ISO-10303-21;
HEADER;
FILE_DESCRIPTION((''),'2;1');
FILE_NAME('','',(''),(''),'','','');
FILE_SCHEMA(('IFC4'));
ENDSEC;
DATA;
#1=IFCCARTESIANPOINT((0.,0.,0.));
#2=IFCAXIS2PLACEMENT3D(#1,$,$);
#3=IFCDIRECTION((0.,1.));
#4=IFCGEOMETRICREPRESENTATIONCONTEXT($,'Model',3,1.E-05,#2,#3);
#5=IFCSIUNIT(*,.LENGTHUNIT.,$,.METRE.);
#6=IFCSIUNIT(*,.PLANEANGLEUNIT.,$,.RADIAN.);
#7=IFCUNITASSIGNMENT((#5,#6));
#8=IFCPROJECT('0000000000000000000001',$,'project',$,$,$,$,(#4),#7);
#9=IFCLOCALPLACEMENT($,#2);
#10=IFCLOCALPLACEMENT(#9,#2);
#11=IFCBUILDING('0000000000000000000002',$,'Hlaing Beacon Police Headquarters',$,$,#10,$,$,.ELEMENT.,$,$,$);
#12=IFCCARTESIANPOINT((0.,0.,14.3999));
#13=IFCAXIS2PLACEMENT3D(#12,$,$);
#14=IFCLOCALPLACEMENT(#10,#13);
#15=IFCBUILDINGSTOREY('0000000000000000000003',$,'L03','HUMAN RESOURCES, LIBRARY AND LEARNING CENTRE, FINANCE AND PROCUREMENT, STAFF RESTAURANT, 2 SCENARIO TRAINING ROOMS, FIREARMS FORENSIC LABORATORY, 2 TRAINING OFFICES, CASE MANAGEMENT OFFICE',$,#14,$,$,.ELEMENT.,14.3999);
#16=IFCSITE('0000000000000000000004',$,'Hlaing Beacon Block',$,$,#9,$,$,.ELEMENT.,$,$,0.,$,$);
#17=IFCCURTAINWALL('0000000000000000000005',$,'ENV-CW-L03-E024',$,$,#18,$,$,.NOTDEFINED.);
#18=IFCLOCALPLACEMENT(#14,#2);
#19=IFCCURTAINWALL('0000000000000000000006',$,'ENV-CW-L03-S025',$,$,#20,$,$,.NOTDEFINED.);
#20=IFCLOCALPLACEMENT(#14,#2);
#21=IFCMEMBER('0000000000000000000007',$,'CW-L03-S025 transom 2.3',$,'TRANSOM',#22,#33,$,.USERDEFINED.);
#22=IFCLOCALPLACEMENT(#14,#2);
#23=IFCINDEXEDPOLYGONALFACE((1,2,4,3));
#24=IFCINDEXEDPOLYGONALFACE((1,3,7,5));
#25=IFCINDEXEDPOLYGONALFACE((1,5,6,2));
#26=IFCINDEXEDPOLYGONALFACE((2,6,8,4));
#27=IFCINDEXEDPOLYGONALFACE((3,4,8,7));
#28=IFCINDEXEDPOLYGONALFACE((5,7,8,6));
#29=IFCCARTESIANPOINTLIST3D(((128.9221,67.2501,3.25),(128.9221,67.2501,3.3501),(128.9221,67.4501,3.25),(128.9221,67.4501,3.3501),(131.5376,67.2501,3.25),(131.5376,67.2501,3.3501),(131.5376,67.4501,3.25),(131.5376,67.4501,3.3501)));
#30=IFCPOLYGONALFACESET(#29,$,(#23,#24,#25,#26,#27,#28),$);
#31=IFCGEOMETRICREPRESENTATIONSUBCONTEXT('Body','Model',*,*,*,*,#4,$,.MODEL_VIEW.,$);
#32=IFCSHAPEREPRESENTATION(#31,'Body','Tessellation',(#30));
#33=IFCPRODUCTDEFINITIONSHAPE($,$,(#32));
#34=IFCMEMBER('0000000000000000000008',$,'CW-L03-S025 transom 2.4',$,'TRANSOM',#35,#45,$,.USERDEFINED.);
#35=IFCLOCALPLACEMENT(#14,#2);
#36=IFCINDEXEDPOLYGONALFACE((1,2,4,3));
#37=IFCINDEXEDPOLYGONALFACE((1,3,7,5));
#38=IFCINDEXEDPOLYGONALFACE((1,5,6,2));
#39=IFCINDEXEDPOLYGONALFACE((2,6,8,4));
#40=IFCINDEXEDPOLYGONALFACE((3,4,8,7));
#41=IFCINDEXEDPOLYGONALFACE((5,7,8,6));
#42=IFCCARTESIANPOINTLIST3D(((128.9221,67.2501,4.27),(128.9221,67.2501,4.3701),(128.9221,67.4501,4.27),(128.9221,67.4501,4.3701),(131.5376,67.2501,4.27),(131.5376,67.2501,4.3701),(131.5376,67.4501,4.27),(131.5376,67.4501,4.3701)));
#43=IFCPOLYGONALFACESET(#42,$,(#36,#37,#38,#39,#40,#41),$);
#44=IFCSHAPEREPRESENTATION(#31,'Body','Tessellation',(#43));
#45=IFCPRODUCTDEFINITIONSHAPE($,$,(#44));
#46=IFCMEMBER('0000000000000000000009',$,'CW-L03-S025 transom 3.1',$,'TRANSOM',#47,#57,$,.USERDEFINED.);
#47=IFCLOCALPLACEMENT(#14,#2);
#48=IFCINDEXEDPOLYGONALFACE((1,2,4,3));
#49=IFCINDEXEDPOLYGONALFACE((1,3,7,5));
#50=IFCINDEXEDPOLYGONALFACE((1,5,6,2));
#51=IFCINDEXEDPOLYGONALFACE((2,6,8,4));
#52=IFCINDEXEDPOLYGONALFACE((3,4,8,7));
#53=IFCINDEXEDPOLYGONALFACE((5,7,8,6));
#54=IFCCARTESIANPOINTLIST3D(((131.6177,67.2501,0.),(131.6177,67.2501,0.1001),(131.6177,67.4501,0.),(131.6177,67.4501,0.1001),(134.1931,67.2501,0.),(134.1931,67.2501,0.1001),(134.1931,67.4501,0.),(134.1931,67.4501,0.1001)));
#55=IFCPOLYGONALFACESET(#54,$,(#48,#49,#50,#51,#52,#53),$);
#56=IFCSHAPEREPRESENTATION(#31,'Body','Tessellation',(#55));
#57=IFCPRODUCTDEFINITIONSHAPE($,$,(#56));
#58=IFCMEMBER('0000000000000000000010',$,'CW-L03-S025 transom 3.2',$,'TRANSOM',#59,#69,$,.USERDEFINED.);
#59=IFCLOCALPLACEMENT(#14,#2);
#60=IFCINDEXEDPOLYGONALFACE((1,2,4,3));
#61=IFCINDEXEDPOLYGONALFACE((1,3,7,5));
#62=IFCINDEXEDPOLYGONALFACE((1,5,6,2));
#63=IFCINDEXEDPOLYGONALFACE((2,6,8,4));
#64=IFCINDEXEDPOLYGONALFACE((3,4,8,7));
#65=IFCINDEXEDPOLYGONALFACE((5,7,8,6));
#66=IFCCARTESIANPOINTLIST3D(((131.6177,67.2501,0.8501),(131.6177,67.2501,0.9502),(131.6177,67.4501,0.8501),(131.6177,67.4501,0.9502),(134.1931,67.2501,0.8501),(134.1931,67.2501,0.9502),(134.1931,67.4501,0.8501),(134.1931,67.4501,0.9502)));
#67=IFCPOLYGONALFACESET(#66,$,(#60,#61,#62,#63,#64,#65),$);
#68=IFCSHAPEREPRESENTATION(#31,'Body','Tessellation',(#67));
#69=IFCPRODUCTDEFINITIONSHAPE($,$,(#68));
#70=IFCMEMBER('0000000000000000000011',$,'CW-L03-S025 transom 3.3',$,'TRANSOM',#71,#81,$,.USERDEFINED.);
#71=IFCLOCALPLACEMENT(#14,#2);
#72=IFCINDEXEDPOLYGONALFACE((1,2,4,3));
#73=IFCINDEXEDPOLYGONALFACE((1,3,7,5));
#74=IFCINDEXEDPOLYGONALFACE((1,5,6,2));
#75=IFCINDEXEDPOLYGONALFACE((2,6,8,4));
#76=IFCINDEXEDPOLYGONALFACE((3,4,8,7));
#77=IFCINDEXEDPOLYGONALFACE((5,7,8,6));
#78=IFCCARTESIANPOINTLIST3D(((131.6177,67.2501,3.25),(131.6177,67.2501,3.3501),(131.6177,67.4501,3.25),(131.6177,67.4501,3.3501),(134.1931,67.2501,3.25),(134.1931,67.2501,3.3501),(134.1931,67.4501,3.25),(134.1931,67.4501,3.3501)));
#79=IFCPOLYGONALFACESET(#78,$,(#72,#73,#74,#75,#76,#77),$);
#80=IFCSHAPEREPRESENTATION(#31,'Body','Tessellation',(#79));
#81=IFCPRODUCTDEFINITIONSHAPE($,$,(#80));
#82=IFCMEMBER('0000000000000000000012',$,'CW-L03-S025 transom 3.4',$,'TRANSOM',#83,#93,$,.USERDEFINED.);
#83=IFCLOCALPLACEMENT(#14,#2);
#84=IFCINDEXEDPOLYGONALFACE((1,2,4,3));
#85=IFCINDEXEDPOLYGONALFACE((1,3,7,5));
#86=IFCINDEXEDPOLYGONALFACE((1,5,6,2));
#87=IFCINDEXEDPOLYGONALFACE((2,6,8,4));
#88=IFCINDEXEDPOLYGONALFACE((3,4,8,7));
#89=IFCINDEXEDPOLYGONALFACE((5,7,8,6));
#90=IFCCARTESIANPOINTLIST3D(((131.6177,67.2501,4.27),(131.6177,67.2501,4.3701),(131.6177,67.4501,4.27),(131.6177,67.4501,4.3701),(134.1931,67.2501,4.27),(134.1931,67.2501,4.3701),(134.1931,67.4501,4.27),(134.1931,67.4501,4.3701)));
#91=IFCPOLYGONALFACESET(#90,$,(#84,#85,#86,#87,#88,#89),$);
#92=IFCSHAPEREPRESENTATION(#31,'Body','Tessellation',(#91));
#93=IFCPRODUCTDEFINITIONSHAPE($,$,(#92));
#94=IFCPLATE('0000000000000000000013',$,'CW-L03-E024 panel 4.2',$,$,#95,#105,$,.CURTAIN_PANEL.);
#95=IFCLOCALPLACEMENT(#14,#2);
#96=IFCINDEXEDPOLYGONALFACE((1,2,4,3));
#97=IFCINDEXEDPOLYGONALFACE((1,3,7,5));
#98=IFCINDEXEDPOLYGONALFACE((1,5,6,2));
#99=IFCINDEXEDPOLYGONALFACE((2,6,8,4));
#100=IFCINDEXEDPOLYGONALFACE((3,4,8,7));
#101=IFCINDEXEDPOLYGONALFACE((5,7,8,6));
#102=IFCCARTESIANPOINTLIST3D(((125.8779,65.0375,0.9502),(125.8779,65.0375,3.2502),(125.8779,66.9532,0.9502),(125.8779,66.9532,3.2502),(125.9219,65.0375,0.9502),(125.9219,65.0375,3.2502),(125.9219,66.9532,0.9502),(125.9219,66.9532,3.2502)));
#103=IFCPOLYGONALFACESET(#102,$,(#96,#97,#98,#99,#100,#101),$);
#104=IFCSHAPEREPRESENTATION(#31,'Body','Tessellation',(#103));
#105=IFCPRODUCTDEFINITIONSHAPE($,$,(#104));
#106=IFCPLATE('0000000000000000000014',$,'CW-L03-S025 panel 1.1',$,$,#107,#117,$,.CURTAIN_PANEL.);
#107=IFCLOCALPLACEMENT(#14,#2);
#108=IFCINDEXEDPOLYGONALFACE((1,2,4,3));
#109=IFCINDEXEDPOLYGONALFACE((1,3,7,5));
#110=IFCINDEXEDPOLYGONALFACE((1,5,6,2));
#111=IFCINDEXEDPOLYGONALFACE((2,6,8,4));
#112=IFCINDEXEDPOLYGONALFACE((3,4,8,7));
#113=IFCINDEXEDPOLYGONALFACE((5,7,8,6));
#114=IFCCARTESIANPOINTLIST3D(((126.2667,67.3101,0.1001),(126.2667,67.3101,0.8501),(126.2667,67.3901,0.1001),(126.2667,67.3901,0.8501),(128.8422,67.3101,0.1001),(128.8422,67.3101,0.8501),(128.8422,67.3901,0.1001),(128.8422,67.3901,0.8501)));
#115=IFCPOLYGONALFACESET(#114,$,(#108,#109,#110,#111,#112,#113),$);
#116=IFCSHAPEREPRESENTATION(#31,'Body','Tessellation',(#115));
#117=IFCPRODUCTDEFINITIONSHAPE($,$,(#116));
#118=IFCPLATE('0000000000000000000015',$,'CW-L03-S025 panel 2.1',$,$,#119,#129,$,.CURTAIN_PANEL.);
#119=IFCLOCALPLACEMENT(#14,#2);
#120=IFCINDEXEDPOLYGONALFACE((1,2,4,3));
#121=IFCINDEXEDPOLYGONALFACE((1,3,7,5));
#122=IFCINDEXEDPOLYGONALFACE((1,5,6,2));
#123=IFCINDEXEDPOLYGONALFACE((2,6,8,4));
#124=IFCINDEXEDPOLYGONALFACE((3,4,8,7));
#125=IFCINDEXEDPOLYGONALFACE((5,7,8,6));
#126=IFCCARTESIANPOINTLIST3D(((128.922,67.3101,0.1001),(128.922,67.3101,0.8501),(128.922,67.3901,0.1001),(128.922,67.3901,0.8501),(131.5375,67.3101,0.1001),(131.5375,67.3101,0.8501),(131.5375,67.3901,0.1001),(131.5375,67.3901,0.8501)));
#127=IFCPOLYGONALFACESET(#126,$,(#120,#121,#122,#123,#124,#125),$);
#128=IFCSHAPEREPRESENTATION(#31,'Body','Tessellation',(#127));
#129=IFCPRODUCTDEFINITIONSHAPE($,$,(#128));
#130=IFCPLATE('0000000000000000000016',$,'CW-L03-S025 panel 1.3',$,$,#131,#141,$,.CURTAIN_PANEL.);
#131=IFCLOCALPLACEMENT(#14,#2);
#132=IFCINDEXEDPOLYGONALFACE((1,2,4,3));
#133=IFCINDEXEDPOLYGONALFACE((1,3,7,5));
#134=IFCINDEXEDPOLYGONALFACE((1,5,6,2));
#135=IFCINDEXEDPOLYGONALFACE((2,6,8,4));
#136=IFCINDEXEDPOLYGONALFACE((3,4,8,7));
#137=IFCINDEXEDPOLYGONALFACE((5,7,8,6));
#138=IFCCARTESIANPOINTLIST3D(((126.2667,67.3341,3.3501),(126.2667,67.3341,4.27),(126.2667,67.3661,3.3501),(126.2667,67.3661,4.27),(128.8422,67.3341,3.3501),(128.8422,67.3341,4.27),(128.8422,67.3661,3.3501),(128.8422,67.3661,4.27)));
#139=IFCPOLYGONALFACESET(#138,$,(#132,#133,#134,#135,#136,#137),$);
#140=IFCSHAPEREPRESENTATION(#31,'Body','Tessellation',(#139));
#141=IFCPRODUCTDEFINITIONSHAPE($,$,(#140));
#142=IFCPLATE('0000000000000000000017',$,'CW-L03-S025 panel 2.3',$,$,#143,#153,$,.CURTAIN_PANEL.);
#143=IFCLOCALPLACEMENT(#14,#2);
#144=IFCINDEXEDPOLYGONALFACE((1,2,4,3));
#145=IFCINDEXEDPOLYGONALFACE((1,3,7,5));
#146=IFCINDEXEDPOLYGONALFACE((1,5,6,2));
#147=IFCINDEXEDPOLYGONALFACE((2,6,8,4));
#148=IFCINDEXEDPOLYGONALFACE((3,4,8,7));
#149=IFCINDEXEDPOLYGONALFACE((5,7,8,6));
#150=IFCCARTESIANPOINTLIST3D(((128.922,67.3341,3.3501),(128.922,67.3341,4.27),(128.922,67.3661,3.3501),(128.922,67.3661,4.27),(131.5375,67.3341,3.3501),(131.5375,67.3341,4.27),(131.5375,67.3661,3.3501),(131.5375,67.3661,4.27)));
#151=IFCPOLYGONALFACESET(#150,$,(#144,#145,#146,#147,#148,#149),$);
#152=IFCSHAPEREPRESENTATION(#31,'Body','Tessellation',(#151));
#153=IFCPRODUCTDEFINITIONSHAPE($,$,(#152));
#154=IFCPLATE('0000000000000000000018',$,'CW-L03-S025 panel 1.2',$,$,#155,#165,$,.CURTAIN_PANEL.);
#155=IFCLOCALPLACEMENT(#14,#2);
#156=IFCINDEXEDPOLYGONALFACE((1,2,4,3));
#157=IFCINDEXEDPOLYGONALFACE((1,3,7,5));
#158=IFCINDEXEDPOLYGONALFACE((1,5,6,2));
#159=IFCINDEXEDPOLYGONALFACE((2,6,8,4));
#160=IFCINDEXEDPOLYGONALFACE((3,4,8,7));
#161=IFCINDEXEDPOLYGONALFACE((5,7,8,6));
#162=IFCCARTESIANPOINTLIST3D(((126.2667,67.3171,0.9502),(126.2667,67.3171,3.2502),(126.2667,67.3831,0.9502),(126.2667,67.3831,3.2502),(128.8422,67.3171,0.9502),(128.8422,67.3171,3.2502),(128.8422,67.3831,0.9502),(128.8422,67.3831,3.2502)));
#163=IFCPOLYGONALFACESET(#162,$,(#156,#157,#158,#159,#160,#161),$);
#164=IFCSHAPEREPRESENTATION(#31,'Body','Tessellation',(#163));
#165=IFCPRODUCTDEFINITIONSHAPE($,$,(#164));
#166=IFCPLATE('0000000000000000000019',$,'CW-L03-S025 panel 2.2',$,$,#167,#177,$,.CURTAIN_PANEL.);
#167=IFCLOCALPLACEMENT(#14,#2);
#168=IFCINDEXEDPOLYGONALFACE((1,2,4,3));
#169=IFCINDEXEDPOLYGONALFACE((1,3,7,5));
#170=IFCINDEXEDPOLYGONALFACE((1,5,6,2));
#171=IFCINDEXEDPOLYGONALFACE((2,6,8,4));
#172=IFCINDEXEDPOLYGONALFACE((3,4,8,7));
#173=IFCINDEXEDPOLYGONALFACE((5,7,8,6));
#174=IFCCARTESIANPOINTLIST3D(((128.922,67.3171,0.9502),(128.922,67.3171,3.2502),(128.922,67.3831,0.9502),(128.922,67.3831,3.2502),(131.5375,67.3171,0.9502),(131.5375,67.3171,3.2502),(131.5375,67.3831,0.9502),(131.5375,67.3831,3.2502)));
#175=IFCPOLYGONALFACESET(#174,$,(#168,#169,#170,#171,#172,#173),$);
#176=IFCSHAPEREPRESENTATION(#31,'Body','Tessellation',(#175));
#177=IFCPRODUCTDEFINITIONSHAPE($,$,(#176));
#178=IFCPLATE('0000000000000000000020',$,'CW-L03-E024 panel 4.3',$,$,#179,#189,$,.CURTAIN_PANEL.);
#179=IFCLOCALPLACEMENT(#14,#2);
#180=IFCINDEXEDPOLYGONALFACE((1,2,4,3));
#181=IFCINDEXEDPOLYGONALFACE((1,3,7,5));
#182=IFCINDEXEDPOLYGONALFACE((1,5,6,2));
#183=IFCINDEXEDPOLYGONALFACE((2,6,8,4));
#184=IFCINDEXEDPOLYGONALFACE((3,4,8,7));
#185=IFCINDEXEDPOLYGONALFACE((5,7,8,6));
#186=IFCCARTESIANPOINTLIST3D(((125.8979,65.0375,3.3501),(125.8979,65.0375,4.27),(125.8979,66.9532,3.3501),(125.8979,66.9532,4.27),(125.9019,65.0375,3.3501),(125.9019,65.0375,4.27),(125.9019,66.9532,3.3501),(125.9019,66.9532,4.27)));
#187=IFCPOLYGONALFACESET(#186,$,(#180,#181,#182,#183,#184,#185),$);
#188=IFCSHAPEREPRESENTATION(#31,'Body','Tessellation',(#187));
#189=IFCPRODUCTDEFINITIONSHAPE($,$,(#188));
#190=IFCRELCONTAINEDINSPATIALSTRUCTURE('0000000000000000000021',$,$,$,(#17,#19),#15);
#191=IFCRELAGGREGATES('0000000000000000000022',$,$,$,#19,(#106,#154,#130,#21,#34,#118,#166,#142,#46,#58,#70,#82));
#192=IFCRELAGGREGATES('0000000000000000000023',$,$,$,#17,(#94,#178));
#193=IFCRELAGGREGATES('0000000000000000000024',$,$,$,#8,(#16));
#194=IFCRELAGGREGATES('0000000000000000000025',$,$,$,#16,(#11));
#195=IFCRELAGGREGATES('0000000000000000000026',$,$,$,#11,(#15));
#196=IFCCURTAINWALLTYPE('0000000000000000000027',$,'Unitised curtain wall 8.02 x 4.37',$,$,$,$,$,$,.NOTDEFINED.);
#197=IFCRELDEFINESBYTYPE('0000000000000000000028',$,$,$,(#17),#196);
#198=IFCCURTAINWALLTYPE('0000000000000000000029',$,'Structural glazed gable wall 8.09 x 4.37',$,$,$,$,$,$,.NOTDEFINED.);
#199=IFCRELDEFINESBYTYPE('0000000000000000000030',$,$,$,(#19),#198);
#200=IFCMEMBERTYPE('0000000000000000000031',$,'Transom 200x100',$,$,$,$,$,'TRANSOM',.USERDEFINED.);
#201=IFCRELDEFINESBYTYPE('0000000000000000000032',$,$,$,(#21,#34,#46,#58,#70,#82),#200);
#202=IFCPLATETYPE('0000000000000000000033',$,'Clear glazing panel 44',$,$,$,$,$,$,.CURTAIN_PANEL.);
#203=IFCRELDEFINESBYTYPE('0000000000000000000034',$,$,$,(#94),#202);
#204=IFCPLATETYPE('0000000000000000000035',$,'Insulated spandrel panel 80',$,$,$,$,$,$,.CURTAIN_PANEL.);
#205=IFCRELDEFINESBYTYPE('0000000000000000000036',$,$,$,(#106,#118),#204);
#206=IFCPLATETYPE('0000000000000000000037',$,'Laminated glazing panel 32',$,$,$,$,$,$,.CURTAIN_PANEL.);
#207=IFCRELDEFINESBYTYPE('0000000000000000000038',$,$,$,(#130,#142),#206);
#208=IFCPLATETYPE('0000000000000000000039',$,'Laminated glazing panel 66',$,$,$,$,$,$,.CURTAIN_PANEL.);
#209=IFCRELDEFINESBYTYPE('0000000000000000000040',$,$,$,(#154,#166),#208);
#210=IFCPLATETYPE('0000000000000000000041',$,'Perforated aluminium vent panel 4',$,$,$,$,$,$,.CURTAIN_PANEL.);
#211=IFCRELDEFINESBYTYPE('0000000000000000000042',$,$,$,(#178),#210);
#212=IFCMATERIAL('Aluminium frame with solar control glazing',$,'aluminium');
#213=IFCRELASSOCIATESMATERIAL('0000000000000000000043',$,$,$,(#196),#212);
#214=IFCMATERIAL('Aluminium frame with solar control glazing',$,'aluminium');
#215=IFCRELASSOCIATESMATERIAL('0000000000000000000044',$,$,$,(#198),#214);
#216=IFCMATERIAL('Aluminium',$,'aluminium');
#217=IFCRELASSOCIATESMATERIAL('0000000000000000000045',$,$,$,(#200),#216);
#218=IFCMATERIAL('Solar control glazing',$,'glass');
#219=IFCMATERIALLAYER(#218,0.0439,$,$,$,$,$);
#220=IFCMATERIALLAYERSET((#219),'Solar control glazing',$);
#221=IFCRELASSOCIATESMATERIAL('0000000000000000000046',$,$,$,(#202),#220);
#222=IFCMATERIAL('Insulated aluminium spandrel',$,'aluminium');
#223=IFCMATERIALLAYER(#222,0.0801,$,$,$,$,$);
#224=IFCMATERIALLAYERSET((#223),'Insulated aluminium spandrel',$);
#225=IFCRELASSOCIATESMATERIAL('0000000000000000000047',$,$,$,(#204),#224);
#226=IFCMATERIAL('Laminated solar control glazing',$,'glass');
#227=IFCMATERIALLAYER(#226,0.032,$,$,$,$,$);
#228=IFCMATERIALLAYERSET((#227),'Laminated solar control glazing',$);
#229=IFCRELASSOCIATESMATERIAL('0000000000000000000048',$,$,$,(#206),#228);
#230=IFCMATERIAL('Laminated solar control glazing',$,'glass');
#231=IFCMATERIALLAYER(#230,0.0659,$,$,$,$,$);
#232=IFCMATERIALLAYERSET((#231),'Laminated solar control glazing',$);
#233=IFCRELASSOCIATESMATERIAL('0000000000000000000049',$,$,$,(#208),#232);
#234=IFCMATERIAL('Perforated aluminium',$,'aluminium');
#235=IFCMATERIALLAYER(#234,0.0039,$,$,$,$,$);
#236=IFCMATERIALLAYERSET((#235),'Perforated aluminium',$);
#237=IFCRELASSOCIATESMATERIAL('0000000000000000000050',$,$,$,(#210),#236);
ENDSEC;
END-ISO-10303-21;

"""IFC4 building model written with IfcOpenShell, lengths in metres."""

from ifc_helpers import new_model, si_unit, direction, frame, origin, origin_2d, place, context, subcontext, project, spatial, rectangle, extrude, material, layer, layer_set, material_profile, profile_set, type_object, element, aggregate, save


model = new_model("IFC4")

# Units and contexts
model_context = context("Model", 3, precision=1e-05, world=origin(), true_north=direction((0.0, 1.0)))
body_context = subcontext(model_context, "Body", "Model", "MODEL_VIEW")
ifc_project = project(units=[si_unit("LENGTHUNIT", "METRE"), si_unit("PLANEANGLEUNIT", "RADIAN")], contexts=[model_context])

# Site, building, storey
site_placement = place(None, origin())
site = spatial("IfcSite", under=ifc_project, at=site_placement, Name="Hlaing Beacon Block", CompositionType="ELEMENT", RefElevation=0.0)
building_placement = place(site_placement, origin())
building = spatial("IfcBuilding", under=site, at=building_placement, Name="Hlaing Beacon Police Headquarters", CompositionType="ELEMENT")
storey_placement = place(building_placement, frame((0.0, 0.0, 14.3999)))
storey = spatial("IfcBuildingStorey", under=building, at=storey_placement, Name="L03", Description="HUMAN RESOURCES, LIBRARY AND LEARNING CENTRE, FINANCE AND PROCUREMENT, STAFF RESTAURANT, 2 SCENARIO TRAINING ROOMS, FIREARMS FORENSIC LABORATORY, 2 TRAINING OFFICES, CASE MANAGEMENT OFFICE", CompositionType="ELEMENT", Elevation=14.3999)

# Curtain wall
ifc_material_1 = material(Name="Aluminium frame with solar control glazing", Category="aluminium")
curtain_wall_type_1 = type_object("IfcCurtainWallType", Name="Unitised curtain wall 8.02 x 4.37", PredefinedType="NOTDEFINED", material=ifc_material_1)
curtain_wall_1_placement = place(storey_placement, origin())
curtain_wall_1 = element("IfcCurtainWall", 1, at=curtain_wall_1_placement, inside=storey, type_object=curtain_wall_type_1, Name="ENV-CW-L03-E024", PredefinedType="NOTDEFINED")

# Curtain wall
ifc_material_2 = material(Name="Aluminium frame with solar control glazing", Category="aluminium")
curtain_wall_type_2 = type_object("IfcCurtainWallType", Name="Structural glazed gable wall 8.09 x 4.37", PredefinedType="NOTDEFINED", material=ifc_material_2)
curtain_wall_2_placement = place(storey_placement, origin())
curtain_wall_2 = element("IfcCurtainWall", 2, at=curtain_wall_2_placement, inside=storey, type_object=curtain_wall_type_2, Name="ENV-CW-L03-S025", PredefinedType="NOTDEFINED")

# Members
ifc_material_3 = material(Name="Aluminium", Category="aluminium")
ifc_material_profile_1 = material_profile(ifc_material_3, rectangle(XDim=0.2, YDim=0.1001, at=origin_2d()), Name="Transom 200x100")
ifc_profile_set_1 = profile_set([ifc_material_profile_1], Name="Aluminium")
member_type_1 = type_object("IfcMemberType", Name="Transom 200x100", ElementType="TRANSOM", PredefinedType="USERDEFINED", material=ifc_profile_set_1)
member_1_placement = place(storey_placement, frame((128.9221, 67.3501, 3.3), z_axis=(1.0, 0.0, 0.0), x_axis=(0.0, 1.0, 0.0)))
member_1 = element("IfcMember", 3, at=member_1_placement, type_object=member_type_1, Name="CW-L03-S025 transom 2.3", ObjectType="TRANSOM", PredefinedType="USERDEFINED", context=body_context, shape_type="SweptSolid", body=[
    extrude(rectangle(XDim=0.2, YDim=0.1001, at=origin_2d()), origin(), (0.0, 0.0, 1.0), 2.6155),
])
member_2_placement = place(storey_placement, frame((128.9221, 67.3501, 4.3201), z_axis=(1.0, 0.0, 0.0), x_axis=(0.0, 1.0, 0.0)))
member_2 = element("IfcMember", 4, at=member_2_placement, type_object=member_type_1, Name="CW-L03-S025 transom 2.4", ObjectType="TRANSOM", PredefinedType="USERDEFINED", context=body_context, shape_type="SweptSolid", body=[
    extrude(rectangle(XDim=0.2, YDim=0.1001, at=origin_2d()), origin(), (0.0, 0.0, 1.0), 2.6155),
])
member_3_placement = place(storey_placement, frame((131.6177, 67.3501, 0.05), z_axis=(1.0, 0.0, 0.0), x_axis=(0.0, 1.0, 0.0)))
member_3 = element("IfcMember", 5, at=member_3_placement, type_object=member_type_1, Name="CW-L03-S025 transom 3.1", ObjectType="TRANSOM", PredefinedType="USERDEFINED", context=body_context, shape_type="SweptSolid", body=[
    extrude(rectangle(XDim=0.2, YDim=0.1001, at=origin_2d()), origin(), (0.0, 0.0, 1.0), 2.5754),
])
member_4_placement = place(storey_placement, frame((131.6177, 67.3501, 0.9001), z_axis=(1.0, 0.0, 0.0), x_axis=(0.0, 1.0, 0.0)))
member_4 = element("IfcMember", 6, at=member_4_placement, type_object=member_type_1, Name="CW-L03-S025 transom 3.2", ObjectType="TRANSOM", PredefinedType="USERDEFINED", context=body_context, shape_type="SweptSolid", body=[
    extrude(rectangle(XDim=0.2, YDim=0.1001, at=origin_2d()), origin(), (0.0, 0.0, 1.0), 2.5754),
])
member_5_placement = place(storey_placement, frame((131.6177, 67.3501, 3.3), z_axis=(1.0, 0.0, 0.0), x_axis=(0.0, 1.0, 0.0)))
member_5 = element("IfcMember", 7, at=member_5_placement, type_object=member_type_1, Name="CW-L03-S025 transom 3.3", ObjectType="TRANSOM", PredefinedType="USERDEFINED", context=body_context, shape_type="SweptSolid", body=[
    extrude(rectangle(XDim=0.2, YDim=0.1001, at=origin_2d()), origin(), (0.0, 0.0, 1.0), 2.5754),
])
member_6_placement = place(storey_placement, frame((131.6177, 67.3501, 4.3201), z_axis=(1.0, 0.0, 0.0), x_axis=(0.0, 1.0, 0.0)))
member_6 = element("IfcMember", 8, at=member_6_placement, type_object=member_type_1, Name="CW-L03-S025 transom 3.4", ObjectType="TRANSOM", PredefinedType="USERDEFINED", context=body_context, shape_type="SweptSolid", body=[
    extrude(rectangle(XDim=0.2, YDim=0.1001, at=origin_2d()), origin(), (0.0, 0.0, 1.0), 2.5754),
])

# Plates
ifc_material_4 = material(Name="Solar control glazing", Category="glass")
ifc_layer_1 = layer(ifc_material_4, 0.0439)
ifc_layer_set_1 = layer_set([ifc_layer_1], Name="Solar control glazing")
plate_type_1 = type_object("IfcPlateType", Name="Clear glazing panel 44", PredefinedType="CURTAIN_PANEL", material=ifc_layer_set_1)
plate_1_placement = place(storey_placement, frame((125.8999, 65.9954, 0.9502), z_axis=(0.0, 0.0, 1.0), x_axis=(0.0, 1.0, 0.0)))
plate_1 = element("IfcPlate", 9, at=plate_1_placement, type_object=plate_type_1, Name="CW-L03-E024 panel 4.2", PredefinedType="CURTAIN_PANEL", context=body_context, shape_type="SweptSolid", body=[
    extrude(rectangle(XDim=1.9158, YDim=0.0439, at=origin_2d()), origin(), (0.0, 0.0, 1.0), 2.3),
])
ifc_material_5 = material(Name="Insulated aluminium spandrel", Category="aluminium")
ifc_layer_2 = layer(ifc_material_5, 0.0801)
ifc_layer_set_2 = layer_set([ifc_layer_2], Name="Insulated aluminium spandrel")
plate_type_2 = type_object("IfcPlateType", Name="Insulated spandrel panel 80", PredefinedType="CURTAIN_PANEL", material=ifc_layer_set_2)
plate_2_placement = place(storey_placement, frame((127.5544, 67.3501, 0.1001), z_axis=(0.0, 0.0, 1.0), x_axis=(1.0, 0.0, 0.0)))
plate_2 = element("IfcPlate", 10, at=plate_2_placement, type_object=plate_type_2, Name="CW-L03-S025 panel 1.1", PredefinedType="CURTAIN_PANEL", context=body_context, shape_type="SweptSolid", body=[
    extrude(rectangle(XDim=2.5754, YDim=0.0801, at=origin_2d()), origin(), (0.0, 0.0, 1.0), 0.75),
])
plate_3_placement = place(storey_placement, frame((130.2297, 67.3501, 0.1001), z_axis=(0.0, 0.0, 1.0), x_axis=(1.0, 0.0, 0.0)))
plate_3 = element("IfcPlate", 11, at=plate_3_placement, type_object=plate_type_2, Name="CW-L03-S025 panel 2.1", PredefinedType="CURTAIN_PANEL", context=body_context, shape_type="SweptSolid", body=[
    extrude(rectangle(XDim=2.6155, YDim=0.0801, at=origin_2d()), origin(), (0.0, 0.0, 1.0), 0.75),
])
ifc_material_6 = material(Name="Laminated solar control glazing", Category="glass")
ifc_layer_3 = layer(ifc_material_6, 0.032)
ifc_layer_set_3 = layer_set([ifc_layer_3], Name="Laminated solar control glazing")
plate_type_3 = type_object("IfcPlateType", Name="Laminated glazing panel 32", PredefinedType="CURTAIN_PANEL", material=ifc_layer_set_3)
plate_4_placement = place(storey_placement, frame((127.5544, 67.3501, 3.3501), z_axis=(0.0, 0.0, 1.0), x_axis=(1.0, 0.0, 0.0)))
plate_4 = element("IfcPlate", 12, at=plate_4_placement, type_object=plate_type_3, Name="CW-L03-S025 panel 1.3", PredefinedType="CURTAIN_PANEL", context=body_context, shape_type="SweptSolid", body=[
    extrude(rectangle(XDim=2.5754, YDim=0.032, at=origin_2d()), origin(), (0.0, 0.0, 1.0), 0.9199),
])
plate_5_placement = place(storey_placement, frame((130.2297, 67.3501, 3.3501), z_axis=(0.0, 0.0, 1.0), x_axis=(1.0, 0.0, 0.0)))
plate_5 = element("IfcPlate", 13, at=plate_5_placement, type_object=plate_type_3, Name="CW-L03-S025 panel 2.3", PredefinedType="CURTAIN_PANEL", context=body_context, shape_type="SweptSolid", body=[
    extrude(rectangle(XDim=2.6155, YDim=0.032, at=origin_2d()), origin(), (0.0, 0.0, 1.0), 0.9199),
])
ifc_material_7 = material(Name="Laminated solar control glazing", Category="glass")
ifc_layer_4 = layer(ifc_material_7, 0.0659)
ifc_layer_set_4 = layer_set([ifc_layer_4], Name="Laminated solar control glazing")
plate_type_4 = type_object("IfcPlateType", Name="Laminated glazing panel 66", PredefinedType="CURTAIN_PANEL", material=ifc_layer_set_4)
plate_6_placement = place(storey_placement, frame((127.5544, 67.3501, 0.9502), z_axis=(0.0, 0.0, 1.0), x_axis=(1.0, 0.0, 0.0)))
plate_6 = element("IfcPlate", 14, at=plate_6_placement, type_object=plate_type_4, Name="CW-L03-S025 panel 1.2", PredefinedType="CURTAIN_PANEL", context=body_context, shape_type="SweptSolid", body=[
    extrude(rectangle(XDim=2.5754, YDim=0.0659, at=origin_2d()), origin(), (0.0, 0.0, 1.0), 2.3),
])
plate_7_placement = place(storey_placement, frame((130.2297, 67.3501, 0.9502), z_axis=(0.0, 0.0, 1.0), x_axis=(1.0, 0.0, 0.0)))
plate_7 = element("IfcPlate", 15, at=plate_7_placement, type_object=plate_type_4, Name="CW-L03-S025 panel 2.2", PredefinedType="CURTAIN_PANEL", context=body_context, shape_type="SweptSolid", body=[
    extrude(rectangle(XDim=2.6155, YDim=0.0659, at=origin_2d()), origin(), (0.0, 0.0, 1.0), 2.3),
])
aggregate(curtain_wall_2, [plate_2, plate_6, plate_4, member_1, member_2, plate_3, plate_7, plate_5, member_3, member_4, member_5, member_6])
ifc_material_8 = material(Name="Perforated aluminium", Category="aluminium")
ifc_layer_5 = layer(ifc_material_8, 0.0039)
ifc_layer_set_5 = layer_set([ifc_layer_5], Name="Perforated aluminium")
plate_type_5 = type_object("IfcPlateType", Name="Perforated aluminium vent panel 4", PredefinedType="CURTAIN_PANEL", material=ifc_layer_set_5)
plate_8_placement = place(storey_placement, frame((125.8999, 65.9954, 3.3501), z_axis=(0.0, 0.0, 1.0), x_axis=(0.0, 1.0, 0.0)))
plate_8 = element("IfcPlate", 16, at=plate_8_placement, type_object=plate_type_5, Name="CW-L03-E024 panel 4.3", PredefinedType="CURTAIN_PANEL", context=body_context, shape_type="SweptSolid", body=[
    extrude(rectangle(XDim=1.9158, YDim=0.0039, at=origin_2d()), origin(), (0.0, 0.0, 1.0), 0.9199),
])
aggregate(curtain_wall_1, [plate_1, plate_8])

save(model, "model.ifc")
